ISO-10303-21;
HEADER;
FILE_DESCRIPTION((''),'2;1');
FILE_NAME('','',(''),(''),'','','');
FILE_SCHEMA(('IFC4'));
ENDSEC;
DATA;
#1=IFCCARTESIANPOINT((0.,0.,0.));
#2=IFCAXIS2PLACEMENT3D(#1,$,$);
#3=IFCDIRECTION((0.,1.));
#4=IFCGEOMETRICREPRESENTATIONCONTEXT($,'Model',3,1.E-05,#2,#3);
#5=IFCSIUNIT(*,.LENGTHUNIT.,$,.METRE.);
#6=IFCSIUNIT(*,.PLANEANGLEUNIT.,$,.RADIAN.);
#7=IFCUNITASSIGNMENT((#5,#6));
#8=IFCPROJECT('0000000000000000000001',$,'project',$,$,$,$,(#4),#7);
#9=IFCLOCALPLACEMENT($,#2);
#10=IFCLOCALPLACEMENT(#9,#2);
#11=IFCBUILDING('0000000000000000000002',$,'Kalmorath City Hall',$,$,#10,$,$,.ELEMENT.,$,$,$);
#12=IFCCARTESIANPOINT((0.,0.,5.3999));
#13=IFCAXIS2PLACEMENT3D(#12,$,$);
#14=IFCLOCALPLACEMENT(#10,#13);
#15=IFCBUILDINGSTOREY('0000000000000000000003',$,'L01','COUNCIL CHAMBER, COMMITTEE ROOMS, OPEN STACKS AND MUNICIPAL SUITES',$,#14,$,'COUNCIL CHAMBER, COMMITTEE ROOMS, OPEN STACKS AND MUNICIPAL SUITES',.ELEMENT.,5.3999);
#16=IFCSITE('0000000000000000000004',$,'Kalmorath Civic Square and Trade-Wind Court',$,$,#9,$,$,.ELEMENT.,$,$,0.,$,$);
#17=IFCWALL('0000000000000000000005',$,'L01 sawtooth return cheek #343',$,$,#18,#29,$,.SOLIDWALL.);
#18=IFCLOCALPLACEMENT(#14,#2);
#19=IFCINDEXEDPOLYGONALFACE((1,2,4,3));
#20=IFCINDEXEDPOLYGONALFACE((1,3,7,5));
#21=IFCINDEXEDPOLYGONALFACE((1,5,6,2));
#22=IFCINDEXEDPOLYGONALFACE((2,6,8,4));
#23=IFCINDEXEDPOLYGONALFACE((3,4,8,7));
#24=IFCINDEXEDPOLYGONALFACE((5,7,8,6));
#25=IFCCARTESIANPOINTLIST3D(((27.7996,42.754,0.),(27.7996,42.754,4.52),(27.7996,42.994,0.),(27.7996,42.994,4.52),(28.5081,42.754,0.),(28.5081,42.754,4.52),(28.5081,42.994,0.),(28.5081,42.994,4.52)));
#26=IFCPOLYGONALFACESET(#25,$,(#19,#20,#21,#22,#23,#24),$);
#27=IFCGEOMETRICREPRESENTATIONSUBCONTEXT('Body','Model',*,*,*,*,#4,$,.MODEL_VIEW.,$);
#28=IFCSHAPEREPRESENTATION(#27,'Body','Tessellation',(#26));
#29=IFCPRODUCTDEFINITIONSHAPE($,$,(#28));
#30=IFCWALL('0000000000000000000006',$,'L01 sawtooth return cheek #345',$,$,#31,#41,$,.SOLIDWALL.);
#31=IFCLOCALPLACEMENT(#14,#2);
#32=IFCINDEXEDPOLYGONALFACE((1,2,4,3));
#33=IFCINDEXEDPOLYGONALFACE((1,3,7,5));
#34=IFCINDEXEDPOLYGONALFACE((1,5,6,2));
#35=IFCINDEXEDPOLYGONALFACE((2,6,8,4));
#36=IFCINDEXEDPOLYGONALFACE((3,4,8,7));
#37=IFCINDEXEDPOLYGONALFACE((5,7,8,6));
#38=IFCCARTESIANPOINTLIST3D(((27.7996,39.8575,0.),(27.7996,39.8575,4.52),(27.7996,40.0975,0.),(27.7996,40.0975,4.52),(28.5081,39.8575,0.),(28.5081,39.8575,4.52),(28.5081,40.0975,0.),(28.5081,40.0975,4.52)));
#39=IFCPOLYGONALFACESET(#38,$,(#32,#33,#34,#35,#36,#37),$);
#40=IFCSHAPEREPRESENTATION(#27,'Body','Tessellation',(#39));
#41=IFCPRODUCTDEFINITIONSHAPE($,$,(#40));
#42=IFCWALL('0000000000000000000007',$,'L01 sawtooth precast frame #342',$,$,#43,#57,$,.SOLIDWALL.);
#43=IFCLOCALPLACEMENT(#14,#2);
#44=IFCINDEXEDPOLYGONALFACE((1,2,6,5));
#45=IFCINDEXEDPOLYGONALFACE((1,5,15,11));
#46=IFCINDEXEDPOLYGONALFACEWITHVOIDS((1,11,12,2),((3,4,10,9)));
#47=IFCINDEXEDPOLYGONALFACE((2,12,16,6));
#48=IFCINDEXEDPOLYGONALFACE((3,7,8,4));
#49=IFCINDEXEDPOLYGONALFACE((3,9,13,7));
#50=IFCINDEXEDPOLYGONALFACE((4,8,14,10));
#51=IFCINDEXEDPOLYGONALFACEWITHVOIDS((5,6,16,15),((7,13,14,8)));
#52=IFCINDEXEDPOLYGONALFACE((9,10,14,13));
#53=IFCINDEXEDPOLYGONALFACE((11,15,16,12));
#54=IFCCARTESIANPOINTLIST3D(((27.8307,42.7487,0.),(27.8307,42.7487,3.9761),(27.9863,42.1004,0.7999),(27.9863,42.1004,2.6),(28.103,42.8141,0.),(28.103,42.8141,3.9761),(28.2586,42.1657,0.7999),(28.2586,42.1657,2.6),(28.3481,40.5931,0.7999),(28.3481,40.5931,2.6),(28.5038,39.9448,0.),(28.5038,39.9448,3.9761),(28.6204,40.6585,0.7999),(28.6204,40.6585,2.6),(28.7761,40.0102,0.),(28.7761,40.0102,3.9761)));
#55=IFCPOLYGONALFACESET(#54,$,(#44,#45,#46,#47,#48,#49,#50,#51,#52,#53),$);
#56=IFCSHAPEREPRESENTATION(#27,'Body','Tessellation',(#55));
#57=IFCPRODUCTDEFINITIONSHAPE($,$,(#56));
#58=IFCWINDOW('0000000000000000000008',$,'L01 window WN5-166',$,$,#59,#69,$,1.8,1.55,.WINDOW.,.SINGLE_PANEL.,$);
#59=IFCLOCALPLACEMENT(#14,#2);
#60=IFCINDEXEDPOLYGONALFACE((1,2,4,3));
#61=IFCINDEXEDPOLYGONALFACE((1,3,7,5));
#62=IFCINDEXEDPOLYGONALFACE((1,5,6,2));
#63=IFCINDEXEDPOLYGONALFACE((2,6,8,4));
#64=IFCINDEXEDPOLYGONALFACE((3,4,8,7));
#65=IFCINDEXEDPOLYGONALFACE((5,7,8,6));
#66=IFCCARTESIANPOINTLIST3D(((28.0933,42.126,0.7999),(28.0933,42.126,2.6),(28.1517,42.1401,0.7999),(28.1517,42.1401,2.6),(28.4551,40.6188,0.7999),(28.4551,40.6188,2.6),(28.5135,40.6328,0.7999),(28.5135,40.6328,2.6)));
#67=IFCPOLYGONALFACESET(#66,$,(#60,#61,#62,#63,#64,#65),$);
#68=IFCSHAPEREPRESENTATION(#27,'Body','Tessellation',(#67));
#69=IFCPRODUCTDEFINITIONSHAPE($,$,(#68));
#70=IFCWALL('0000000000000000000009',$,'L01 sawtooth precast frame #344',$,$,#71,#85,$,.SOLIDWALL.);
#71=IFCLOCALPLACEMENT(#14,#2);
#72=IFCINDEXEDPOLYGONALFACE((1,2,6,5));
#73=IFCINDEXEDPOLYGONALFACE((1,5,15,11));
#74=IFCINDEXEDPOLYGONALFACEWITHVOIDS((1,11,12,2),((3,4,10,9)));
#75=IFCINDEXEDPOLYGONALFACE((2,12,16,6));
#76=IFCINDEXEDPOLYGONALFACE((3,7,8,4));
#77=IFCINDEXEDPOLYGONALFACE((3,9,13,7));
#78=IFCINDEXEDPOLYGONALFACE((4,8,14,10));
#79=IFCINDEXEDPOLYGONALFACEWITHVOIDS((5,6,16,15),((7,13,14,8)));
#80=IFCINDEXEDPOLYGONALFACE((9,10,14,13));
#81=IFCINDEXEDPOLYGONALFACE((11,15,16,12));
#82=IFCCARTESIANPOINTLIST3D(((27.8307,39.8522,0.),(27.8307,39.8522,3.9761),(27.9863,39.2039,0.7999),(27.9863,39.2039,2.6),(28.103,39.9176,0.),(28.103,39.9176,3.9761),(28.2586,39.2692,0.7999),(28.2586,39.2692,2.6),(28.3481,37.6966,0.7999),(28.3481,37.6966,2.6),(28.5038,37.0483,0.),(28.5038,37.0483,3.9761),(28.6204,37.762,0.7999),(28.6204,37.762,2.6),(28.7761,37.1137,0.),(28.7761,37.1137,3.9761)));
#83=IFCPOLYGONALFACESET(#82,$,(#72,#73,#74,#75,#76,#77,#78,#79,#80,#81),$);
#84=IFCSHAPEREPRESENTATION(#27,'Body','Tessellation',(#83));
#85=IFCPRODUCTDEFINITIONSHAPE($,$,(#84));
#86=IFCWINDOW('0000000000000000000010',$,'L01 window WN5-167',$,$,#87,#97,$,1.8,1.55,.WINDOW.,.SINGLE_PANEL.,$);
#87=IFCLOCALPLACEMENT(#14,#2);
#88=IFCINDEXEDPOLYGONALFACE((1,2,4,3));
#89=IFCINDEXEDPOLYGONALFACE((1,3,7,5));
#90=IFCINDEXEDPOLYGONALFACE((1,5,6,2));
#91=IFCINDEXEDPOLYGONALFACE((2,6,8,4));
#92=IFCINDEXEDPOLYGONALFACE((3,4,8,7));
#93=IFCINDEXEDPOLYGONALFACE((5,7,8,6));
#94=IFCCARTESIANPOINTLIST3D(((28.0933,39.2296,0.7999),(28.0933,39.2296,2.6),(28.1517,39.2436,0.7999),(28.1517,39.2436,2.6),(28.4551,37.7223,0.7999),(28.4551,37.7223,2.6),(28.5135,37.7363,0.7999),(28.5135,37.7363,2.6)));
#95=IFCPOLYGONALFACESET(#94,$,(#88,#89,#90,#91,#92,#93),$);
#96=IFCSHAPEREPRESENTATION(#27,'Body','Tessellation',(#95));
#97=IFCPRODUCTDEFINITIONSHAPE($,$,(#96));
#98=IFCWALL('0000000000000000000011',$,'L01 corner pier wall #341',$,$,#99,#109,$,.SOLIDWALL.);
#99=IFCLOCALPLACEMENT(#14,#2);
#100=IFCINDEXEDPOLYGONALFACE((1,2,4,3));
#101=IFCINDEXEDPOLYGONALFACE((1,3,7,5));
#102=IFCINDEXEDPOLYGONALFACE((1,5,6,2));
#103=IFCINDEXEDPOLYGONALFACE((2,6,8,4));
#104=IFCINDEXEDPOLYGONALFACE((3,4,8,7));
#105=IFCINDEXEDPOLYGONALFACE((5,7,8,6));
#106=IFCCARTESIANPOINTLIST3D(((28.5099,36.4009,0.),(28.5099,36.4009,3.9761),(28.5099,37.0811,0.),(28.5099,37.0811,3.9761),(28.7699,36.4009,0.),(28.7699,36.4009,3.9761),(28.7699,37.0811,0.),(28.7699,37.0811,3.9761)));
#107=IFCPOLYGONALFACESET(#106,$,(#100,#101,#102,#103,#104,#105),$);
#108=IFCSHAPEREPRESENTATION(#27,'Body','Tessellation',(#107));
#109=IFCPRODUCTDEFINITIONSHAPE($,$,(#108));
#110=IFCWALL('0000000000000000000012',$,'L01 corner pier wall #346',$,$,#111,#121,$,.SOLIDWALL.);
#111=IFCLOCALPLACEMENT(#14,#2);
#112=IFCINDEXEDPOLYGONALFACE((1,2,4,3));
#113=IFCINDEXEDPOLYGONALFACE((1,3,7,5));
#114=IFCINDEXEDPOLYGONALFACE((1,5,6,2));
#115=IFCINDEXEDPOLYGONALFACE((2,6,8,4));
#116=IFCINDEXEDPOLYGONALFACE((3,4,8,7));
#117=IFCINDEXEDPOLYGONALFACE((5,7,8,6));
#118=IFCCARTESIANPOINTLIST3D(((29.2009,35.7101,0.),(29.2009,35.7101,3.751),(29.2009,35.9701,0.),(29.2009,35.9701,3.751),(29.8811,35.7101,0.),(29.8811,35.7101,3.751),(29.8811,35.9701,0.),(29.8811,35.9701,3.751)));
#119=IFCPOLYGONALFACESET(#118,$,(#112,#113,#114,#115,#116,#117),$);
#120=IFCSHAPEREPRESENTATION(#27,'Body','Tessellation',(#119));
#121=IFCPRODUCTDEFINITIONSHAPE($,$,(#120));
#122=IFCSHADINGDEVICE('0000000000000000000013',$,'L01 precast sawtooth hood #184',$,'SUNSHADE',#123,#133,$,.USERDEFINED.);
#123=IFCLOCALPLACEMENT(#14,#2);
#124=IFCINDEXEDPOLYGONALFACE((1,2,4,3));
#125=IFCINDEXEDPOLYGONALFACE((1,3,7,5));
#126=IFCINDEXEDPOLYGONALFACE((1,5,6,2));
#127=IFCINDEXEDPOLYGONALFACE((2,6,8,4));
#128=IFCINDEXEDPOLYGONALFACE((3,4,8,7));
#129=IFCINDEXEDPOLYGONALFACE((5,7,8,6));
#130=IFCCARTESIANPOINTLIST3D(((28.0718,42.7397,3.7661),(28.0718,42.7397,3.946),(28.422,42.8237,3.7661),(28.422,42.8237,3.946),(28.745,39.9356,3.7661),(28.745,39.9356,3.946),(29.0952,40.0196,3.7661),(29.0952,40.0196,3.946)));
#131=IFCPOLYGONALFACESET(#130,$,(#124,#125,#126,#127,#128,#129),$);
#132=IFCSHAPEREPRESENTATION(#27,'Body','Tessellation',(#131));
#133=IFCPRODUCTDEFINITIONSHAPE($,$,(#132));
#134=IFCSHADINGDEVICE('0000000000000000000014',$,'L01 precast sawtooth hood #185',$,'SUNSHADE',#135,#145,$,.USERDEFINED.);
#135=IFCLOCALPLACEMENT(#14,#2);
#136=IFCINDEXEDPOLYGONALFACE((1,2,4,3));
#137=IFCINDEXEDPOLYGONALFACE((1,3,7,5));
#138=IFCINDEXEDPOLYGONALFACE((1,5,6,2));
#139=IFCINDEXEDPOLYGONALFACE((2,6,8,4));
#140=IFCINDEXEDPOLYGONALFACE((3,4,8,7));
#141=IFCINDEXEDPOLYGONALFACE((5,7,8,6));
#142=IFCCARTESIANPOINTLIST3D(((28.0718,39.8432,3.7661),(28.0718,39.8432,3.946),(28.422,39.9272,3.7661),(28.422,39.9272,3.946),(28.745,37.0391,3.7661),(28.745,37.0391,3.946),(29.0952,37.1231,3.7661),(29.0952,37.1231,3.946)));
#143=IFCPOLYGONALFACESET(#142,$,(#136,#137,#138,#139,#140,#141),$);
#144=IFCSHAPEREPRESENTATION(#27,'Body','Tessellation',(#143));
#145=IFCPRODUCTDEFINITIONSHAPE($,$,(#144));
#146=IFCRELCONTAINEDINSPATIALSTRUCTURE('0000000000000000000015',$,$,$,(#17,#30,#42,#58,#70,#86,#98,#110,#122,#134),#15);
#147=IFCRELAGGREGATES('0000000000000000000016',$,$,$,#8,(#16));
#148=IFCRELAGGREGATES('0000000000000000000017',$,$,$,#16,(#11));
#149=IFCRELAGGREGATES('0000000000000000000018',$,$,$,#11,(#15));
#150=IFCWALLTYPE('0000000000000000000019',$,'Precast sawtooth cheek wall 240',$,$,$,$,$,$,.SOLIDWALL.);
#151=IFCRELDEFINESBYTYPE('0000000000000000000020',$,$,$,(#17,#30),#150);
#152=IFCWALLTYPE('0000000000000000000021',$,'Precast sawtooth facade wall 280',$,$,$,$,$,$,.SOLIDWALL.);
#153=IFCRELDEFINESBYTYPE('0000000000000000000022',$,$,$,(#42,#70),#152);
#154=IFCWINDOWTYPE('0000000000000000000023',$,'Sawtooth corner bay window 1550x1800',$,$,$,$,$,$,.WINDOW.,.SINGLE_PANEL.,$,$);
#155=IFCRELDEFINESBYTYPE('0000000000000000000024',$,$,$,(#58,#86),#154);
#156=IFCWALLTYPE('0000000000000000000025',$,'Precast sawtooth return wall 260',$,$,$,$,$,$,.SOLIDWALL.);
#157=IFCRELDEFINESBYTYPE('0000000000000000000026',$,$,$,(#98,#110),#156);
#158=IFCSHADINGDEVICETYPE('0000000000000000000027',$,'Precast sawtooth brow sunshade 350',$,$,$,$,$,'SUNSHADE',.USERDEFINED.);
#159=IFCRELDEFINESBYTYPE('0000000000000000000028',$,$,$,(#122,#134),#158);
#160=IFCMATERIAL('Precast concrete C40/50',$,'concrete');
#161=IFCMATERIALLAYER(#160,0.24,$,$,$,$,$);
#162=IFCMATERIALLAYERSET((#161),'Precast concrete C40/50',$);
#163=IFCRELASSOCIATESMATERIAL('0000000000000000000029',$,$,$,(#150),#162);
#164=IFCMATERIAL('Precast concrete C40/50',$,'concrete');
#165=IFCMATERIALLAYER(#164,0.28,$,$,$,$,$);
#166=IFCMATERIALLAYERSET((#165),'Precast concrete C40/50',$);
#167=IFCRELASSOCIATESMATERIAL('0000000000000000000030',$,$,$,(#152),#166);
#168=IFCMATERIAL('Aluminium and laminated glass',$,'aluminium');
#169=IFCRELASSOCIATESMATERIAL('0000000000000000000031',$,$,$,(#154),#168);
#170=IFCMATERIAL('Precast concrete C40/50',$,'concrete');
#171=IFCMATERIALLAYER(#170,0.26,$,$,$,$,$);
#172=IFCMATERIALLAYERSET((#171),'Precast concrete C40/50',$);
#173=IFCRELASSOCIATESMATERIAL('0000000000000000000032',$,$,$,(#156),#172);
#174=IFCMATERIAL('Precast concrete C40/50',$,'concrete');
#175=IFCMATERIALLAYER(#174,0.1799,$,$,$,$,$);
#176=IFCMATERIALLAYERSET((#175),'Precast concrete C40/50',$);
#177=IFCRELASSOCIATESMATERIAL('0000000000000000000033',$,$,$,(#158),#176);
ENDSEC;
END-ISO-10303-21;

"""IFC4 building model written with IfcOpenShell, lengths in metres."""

from ifc_helpers import new_model, si_unit, direction, frame, frame_2d, origin, origin_2d, place, context, subcontext, project, spatial, rectangle, extrude, material, layer, layer_set, type_object, element, fill, save


model = new_model("IFC4")

# Units and contexts
model_context = context("Model", 3, precision=1e-05, world=origin(), true_north=direction((0.0, 1.0)))
body_context = subcontext(model_context, "Body", "Model", "MODEL_VIEW")
ifc_project = project(units=[si_unit("LENGTHUNIT", "METRE"), si_unit("PLANEANGLEUNIT", "RADIAN")], contexts=[model_context])

# Site, building, storey
site_placement = place(None, origin())
site = spatial("IfcSite", under=ifc_project, at=site_placement, Name="Kalmorath Civic Square and Trade-Wind Court", CompositionType="ELEMENT", RefElevation=0.0)
building_placement = place(site_placement, origin())
building = spatial("IfcBuilding", under=site, at=building_placement, Name="Kalmorath City Hall", CompositionType="ELEMENT")
storey_placement = place(building_placement, frame((0.0, 0.0, 5.3999)))
storey = spatial("IfcBuildingStorey", under=building, at=storey_placement, Name="L01", Description="COUNCIL CHAMBER, COMMITTEE ROOMS, OPEN STACKS AND MUNICIPAL SUITES", LongName="COUNCIL CHAMBER, COMMITTEE ROOMS, OPEN STACKS AND MUNICIPAL SUITES", CompositionType="ELEMENT", Elevation=5.3999)

# Walls
ifc_material_1 = material(Name="Precast concrete C40/50", Category="concrete")
ifc_layer_1 = layer(ifc_material_1, 0.24)
ifc_layer_set_1 = layer_set([ifc_layer_1], Name="Precast concrete C40/50")
wall_type_1 = type_object("IfcWallType", Name="Precast sawtooth cheek wall 240", PredefinedType="SOLIDWALL", material=ifc_layer_set_1)
for number, where, z_axis, x_axis, name in (
    (1, (27.7996, 42.874, 0.0), (0.0, 0.0, 1.0), (1.0, 0.0, 0.0), "L01 sawtooth return cheek #343"),
    (2, (27.7996, 39.9775, 0.0), (0.0, 0.0, 1.0), (1.0, 0.0, 0.0), "L01 sawtooth return cheek #345"),
):
    element("IfcWall", number, at=place(storey_placement, frame(where, z_axis=z_axis, x_axis=x_axis)), inside=storey, type_object=wall_type_1, Name=name, PredefinedType="SOLIDWALL", context=body_context, shape_type="SweptSolid", body=[
        extrude(rectangle(XDim=0.7085, YDim=0.24, at=frame_2d((0.3542, 0.0))), origin(), (0.0, 0.0, 1.0), 4.52),
    ])

# Walls, openings, windows
ifc_material_2 = material(Name="Precast concrete C40/50", Category="concrete")
ifc_layer_2 = layer(ifc_material_2, 0.28)
ifc_layer_set_2 = layer_set([ifc_layer_2], Name="Precast concrete C40/50")
wall_type_2 = type_object("IfcWallType", Name="Precast sawtooth facade wall 280", PredefinedType="SOLIDWALL", material=ifc_layer_set_2)
wall_1_placement = place(storey_placement, frame((27.9668, 42.7815, 0.0), z_axis=(0.0, 0.0, 1.0), x_axis=(0.233421, -0.972376, 0.0)))
wall_1 = element("IfcWall", 3, at=wall_1_placement, inside=storey, type_object=wall_type_2, Name="L01 sawtooth precast frame #342", PredefinedType="SOLIDWALL", context=body_context, shape_type="SweptSolid", body=[
    extrude(rectangle(XDim=2.8835, YDim=0.28, at=frame_2d((1.4419, 0.0))), origin(), (0.0, 0.0, 1.0), 3.9761),
])
opening_1_placement = place(wall_1_placement, frame((0.667, 0.0, 0.8)))
opening_1 = element("IfcOpeningElement", 4, at=opening_1_placement, cuts=wall_1, PredefinedType="OPENING", context=body_context, shape_type="SweptSolid", body=[
    extrude(rectangle(XDim=1.55, YDim=1.8, at=frame_2d((0.7749, 0.8999))), frame((0.0, 0.1499, 0.0), z_axis=(0.0, -1.0, 0.0), x_axis=(1.0, 0.0, 0.0)), (0.0, 0.0, 1.0), 0.3),
])
ifc_material_3 = material(Name="Aluminium and laminated glass", Category="aluminium")
window_type = type_object("IfcWindowType", Name="Sawtooth corner bay window 1550x1800", PartitioningType="SINGLE_PANEL", PredefinedType="WINDOW", material=ifc_material_3)
window_1_placement = place(opening_1_placement, origin())
window_1 = element("IfcWindow", 5, at=window_1_placement, inside=storey, type_object=window_type, Name="L01 window WN5-166", OverallHeight=1.8, OverallWidth=1.55, PartitioningType="SINGLE_PANEL", PredefinedType="WINDOW", context=body_context, shape_type="SweptSolid", body=[
    extrude(rectangle(XDim=1.55, YDim=1.8, at=frame_2d((0.7749, 0.8999))), frame((0.0, 0.03, 0.0), z_axis=(0.0, -1.0, 0.0), x_axis=(1.0, 0.0, 0.0)), (0.0, 0.0, 1.0), 0.0601),
])
fill(opening_1, window_1)
wall_2_placement = place(storey_placement, frame((27.9668, 39.885, 0.0), z_axis=(0.0, 0.0, 1.0), x_axis=(0.233421, -0.972376, 0.0)))
wall_2 = element("IfcWall", 6, at=wall_2_placement, inside=storey, type_object=wall_type_2, Name="L01 sawtooth precast frame #344", PredefinedType="SOLIDWALL", context=body_context, shape_type="SweptSolid", body=[
    extrude(rectangle(XDim=2.8835, YDim=0.28, at=frame_2d((1.4419, 0.0))), origin(), (0.0, 0.0, 1.0), 3.9761),
])
opening_2_placement = place(wall_2_placement, frame((0.667, 0.0, 0.8)))
opening_2 = element("IfcOpeningElement", 7, at=opening_2_placement, cuts=wall_2, PredefinedType="OPENING", context=body_context, shape_type="SweptSolid", body=[
    extrude(rectangle(XDim=1.55, YDim=1.8, at=frame_2d((0.7749, 0.8999))), frame((0.0, 0.1499, 0.0), z_axis=(0.0, -1.0, 0.0), x_axis=(1.0, 0.0, 0.0)), (0.0, 0.0, 1.0), 0.3),
])
window_2_placement = place(opening_2_placement, origin())
window_2 = element("IfcWindow", 8, at=window_2_placement, inside=storey, type_object=window_type, Name="L01 window WN5-167", OverallHeight=1.8, OverallWidth=1.55, PartitioningType="SINGLE_PANEL", PredefinedType="WINDOW", context=body_context, shape_type="SweptSolid", body=[
    extrude(rectangle(XDim=1.55, YDim=1.8, at=frame_2d((0.7749, 0.8999))), frame((0.0, 0.03, 0.0), z_axis=(0.0, -1.0, 0.0), x_axis=(1.0, 0.0, 0.0)), (0.0, 0.0, 1.0), 0.0601),
])
fill(opening_2, window_2)

# Walls
ifc_material_4 = material(Name="Precast concrete C40/50", Category="concrete")
ifc_layer_3 = layer(ifc_material_4, 0.26)
ifc_layer_set_3 = layer_set([ifc_layer_3], Name="Precast concrete C40/50")
wall_type_3 = type_object("IfcWallType", Name="Precast sawtooth return wall 260", PredefinedType="SOLIDWALL", material=ifc_layer_set_3)
wall_3_placement = place(storey_placement, frame((28.6399, 37.0811, 0.0), z_axis=(0.0, 0.0, 1.0), x_axis=(0.0, -1.0, 0.0)))
element("IfcWall", 9, at=wall_3_placement, inside=storey, type_object=wall_type_3, Name="L01 corner pier wall #341", PredefinedType="SOLIDWALL", context=body_context, shape_type="SweptSolid", body=[
    extrude(rectangle(XDim=0.6802, YDim=0.26, at=frame_2d((0.3401, 0.0))), origin(), (0.0, 0.0, 1.0), 3.9761),
])
wall_4_placement = place(storey_placement, frame((29.2009, 35.8401, 0.0), z_axis=(0.0, 0.0, 1.0), x_axis=(1.0, 0.0, 0.0)))
element("IfcWall", 10, at=wall_4_placement, inside=storey, type_object=wall_type_3, Name="L01 corner pier wall #346", PredefinedType="SOLIDWALL", context=body_context, shape_type="SweptSolid", body=[
    extrude(rectangle(XDim=0.6802, YDim=0.26, at=frame_2d((0.3401, 0.0))), origin(), (0.0, 0.0, 1.0), 3.751),
])

# Shading devices
ifc_material_5 = material(Name="Precast concrete C40/50", Category="concrete")
ifc_layer_4 = layer(ifc_material_5, 0.1799)
ifc_layer_set_4 = layer_set([ifc_layer_4], Name="Precast concrete C40/50")
shading_device_type = type_object("IfcShadingDeviceType", Name="Precast sawtooth brow sunshade 350", ElementType="SUNSHADE", PredefinedType="USERDEFINED", material=ifc_layer_set_4)
for number, where, z_axis, x_axis, name in (
    (11, (28.5835, 41.3796, 3.7661), (0.0, 0.0, 1.0), (0.233445, -0.97237, 0.0), "L01 precast sawtooth hood #184"),
    (12, (28.5835, 38.4832, 3.7661), (0.0, 0.0, 1.0), (0.233445, -0.97237, 0.0), "L01 precast sawtooth hood #185"),
):
    element("IfcShadingDevice", number, at=place(storey_placement, frame(where, z_axis=z_axis, x_axis=x_axis)), inside=storey, type_object=shading_device_type, Name=name, ObjectType="SUNSHADE", PredefinedType="USERDEFINED", context=body_context, shape_type="SweptSolid", body=[
        extrude(rectangle(XDim=2.8838, YDim=0.3601, at=origin_2d()), origin(), (0.0, 0.0, 1.0), 0.1799),
    ])

save(model, "model.ifc")
